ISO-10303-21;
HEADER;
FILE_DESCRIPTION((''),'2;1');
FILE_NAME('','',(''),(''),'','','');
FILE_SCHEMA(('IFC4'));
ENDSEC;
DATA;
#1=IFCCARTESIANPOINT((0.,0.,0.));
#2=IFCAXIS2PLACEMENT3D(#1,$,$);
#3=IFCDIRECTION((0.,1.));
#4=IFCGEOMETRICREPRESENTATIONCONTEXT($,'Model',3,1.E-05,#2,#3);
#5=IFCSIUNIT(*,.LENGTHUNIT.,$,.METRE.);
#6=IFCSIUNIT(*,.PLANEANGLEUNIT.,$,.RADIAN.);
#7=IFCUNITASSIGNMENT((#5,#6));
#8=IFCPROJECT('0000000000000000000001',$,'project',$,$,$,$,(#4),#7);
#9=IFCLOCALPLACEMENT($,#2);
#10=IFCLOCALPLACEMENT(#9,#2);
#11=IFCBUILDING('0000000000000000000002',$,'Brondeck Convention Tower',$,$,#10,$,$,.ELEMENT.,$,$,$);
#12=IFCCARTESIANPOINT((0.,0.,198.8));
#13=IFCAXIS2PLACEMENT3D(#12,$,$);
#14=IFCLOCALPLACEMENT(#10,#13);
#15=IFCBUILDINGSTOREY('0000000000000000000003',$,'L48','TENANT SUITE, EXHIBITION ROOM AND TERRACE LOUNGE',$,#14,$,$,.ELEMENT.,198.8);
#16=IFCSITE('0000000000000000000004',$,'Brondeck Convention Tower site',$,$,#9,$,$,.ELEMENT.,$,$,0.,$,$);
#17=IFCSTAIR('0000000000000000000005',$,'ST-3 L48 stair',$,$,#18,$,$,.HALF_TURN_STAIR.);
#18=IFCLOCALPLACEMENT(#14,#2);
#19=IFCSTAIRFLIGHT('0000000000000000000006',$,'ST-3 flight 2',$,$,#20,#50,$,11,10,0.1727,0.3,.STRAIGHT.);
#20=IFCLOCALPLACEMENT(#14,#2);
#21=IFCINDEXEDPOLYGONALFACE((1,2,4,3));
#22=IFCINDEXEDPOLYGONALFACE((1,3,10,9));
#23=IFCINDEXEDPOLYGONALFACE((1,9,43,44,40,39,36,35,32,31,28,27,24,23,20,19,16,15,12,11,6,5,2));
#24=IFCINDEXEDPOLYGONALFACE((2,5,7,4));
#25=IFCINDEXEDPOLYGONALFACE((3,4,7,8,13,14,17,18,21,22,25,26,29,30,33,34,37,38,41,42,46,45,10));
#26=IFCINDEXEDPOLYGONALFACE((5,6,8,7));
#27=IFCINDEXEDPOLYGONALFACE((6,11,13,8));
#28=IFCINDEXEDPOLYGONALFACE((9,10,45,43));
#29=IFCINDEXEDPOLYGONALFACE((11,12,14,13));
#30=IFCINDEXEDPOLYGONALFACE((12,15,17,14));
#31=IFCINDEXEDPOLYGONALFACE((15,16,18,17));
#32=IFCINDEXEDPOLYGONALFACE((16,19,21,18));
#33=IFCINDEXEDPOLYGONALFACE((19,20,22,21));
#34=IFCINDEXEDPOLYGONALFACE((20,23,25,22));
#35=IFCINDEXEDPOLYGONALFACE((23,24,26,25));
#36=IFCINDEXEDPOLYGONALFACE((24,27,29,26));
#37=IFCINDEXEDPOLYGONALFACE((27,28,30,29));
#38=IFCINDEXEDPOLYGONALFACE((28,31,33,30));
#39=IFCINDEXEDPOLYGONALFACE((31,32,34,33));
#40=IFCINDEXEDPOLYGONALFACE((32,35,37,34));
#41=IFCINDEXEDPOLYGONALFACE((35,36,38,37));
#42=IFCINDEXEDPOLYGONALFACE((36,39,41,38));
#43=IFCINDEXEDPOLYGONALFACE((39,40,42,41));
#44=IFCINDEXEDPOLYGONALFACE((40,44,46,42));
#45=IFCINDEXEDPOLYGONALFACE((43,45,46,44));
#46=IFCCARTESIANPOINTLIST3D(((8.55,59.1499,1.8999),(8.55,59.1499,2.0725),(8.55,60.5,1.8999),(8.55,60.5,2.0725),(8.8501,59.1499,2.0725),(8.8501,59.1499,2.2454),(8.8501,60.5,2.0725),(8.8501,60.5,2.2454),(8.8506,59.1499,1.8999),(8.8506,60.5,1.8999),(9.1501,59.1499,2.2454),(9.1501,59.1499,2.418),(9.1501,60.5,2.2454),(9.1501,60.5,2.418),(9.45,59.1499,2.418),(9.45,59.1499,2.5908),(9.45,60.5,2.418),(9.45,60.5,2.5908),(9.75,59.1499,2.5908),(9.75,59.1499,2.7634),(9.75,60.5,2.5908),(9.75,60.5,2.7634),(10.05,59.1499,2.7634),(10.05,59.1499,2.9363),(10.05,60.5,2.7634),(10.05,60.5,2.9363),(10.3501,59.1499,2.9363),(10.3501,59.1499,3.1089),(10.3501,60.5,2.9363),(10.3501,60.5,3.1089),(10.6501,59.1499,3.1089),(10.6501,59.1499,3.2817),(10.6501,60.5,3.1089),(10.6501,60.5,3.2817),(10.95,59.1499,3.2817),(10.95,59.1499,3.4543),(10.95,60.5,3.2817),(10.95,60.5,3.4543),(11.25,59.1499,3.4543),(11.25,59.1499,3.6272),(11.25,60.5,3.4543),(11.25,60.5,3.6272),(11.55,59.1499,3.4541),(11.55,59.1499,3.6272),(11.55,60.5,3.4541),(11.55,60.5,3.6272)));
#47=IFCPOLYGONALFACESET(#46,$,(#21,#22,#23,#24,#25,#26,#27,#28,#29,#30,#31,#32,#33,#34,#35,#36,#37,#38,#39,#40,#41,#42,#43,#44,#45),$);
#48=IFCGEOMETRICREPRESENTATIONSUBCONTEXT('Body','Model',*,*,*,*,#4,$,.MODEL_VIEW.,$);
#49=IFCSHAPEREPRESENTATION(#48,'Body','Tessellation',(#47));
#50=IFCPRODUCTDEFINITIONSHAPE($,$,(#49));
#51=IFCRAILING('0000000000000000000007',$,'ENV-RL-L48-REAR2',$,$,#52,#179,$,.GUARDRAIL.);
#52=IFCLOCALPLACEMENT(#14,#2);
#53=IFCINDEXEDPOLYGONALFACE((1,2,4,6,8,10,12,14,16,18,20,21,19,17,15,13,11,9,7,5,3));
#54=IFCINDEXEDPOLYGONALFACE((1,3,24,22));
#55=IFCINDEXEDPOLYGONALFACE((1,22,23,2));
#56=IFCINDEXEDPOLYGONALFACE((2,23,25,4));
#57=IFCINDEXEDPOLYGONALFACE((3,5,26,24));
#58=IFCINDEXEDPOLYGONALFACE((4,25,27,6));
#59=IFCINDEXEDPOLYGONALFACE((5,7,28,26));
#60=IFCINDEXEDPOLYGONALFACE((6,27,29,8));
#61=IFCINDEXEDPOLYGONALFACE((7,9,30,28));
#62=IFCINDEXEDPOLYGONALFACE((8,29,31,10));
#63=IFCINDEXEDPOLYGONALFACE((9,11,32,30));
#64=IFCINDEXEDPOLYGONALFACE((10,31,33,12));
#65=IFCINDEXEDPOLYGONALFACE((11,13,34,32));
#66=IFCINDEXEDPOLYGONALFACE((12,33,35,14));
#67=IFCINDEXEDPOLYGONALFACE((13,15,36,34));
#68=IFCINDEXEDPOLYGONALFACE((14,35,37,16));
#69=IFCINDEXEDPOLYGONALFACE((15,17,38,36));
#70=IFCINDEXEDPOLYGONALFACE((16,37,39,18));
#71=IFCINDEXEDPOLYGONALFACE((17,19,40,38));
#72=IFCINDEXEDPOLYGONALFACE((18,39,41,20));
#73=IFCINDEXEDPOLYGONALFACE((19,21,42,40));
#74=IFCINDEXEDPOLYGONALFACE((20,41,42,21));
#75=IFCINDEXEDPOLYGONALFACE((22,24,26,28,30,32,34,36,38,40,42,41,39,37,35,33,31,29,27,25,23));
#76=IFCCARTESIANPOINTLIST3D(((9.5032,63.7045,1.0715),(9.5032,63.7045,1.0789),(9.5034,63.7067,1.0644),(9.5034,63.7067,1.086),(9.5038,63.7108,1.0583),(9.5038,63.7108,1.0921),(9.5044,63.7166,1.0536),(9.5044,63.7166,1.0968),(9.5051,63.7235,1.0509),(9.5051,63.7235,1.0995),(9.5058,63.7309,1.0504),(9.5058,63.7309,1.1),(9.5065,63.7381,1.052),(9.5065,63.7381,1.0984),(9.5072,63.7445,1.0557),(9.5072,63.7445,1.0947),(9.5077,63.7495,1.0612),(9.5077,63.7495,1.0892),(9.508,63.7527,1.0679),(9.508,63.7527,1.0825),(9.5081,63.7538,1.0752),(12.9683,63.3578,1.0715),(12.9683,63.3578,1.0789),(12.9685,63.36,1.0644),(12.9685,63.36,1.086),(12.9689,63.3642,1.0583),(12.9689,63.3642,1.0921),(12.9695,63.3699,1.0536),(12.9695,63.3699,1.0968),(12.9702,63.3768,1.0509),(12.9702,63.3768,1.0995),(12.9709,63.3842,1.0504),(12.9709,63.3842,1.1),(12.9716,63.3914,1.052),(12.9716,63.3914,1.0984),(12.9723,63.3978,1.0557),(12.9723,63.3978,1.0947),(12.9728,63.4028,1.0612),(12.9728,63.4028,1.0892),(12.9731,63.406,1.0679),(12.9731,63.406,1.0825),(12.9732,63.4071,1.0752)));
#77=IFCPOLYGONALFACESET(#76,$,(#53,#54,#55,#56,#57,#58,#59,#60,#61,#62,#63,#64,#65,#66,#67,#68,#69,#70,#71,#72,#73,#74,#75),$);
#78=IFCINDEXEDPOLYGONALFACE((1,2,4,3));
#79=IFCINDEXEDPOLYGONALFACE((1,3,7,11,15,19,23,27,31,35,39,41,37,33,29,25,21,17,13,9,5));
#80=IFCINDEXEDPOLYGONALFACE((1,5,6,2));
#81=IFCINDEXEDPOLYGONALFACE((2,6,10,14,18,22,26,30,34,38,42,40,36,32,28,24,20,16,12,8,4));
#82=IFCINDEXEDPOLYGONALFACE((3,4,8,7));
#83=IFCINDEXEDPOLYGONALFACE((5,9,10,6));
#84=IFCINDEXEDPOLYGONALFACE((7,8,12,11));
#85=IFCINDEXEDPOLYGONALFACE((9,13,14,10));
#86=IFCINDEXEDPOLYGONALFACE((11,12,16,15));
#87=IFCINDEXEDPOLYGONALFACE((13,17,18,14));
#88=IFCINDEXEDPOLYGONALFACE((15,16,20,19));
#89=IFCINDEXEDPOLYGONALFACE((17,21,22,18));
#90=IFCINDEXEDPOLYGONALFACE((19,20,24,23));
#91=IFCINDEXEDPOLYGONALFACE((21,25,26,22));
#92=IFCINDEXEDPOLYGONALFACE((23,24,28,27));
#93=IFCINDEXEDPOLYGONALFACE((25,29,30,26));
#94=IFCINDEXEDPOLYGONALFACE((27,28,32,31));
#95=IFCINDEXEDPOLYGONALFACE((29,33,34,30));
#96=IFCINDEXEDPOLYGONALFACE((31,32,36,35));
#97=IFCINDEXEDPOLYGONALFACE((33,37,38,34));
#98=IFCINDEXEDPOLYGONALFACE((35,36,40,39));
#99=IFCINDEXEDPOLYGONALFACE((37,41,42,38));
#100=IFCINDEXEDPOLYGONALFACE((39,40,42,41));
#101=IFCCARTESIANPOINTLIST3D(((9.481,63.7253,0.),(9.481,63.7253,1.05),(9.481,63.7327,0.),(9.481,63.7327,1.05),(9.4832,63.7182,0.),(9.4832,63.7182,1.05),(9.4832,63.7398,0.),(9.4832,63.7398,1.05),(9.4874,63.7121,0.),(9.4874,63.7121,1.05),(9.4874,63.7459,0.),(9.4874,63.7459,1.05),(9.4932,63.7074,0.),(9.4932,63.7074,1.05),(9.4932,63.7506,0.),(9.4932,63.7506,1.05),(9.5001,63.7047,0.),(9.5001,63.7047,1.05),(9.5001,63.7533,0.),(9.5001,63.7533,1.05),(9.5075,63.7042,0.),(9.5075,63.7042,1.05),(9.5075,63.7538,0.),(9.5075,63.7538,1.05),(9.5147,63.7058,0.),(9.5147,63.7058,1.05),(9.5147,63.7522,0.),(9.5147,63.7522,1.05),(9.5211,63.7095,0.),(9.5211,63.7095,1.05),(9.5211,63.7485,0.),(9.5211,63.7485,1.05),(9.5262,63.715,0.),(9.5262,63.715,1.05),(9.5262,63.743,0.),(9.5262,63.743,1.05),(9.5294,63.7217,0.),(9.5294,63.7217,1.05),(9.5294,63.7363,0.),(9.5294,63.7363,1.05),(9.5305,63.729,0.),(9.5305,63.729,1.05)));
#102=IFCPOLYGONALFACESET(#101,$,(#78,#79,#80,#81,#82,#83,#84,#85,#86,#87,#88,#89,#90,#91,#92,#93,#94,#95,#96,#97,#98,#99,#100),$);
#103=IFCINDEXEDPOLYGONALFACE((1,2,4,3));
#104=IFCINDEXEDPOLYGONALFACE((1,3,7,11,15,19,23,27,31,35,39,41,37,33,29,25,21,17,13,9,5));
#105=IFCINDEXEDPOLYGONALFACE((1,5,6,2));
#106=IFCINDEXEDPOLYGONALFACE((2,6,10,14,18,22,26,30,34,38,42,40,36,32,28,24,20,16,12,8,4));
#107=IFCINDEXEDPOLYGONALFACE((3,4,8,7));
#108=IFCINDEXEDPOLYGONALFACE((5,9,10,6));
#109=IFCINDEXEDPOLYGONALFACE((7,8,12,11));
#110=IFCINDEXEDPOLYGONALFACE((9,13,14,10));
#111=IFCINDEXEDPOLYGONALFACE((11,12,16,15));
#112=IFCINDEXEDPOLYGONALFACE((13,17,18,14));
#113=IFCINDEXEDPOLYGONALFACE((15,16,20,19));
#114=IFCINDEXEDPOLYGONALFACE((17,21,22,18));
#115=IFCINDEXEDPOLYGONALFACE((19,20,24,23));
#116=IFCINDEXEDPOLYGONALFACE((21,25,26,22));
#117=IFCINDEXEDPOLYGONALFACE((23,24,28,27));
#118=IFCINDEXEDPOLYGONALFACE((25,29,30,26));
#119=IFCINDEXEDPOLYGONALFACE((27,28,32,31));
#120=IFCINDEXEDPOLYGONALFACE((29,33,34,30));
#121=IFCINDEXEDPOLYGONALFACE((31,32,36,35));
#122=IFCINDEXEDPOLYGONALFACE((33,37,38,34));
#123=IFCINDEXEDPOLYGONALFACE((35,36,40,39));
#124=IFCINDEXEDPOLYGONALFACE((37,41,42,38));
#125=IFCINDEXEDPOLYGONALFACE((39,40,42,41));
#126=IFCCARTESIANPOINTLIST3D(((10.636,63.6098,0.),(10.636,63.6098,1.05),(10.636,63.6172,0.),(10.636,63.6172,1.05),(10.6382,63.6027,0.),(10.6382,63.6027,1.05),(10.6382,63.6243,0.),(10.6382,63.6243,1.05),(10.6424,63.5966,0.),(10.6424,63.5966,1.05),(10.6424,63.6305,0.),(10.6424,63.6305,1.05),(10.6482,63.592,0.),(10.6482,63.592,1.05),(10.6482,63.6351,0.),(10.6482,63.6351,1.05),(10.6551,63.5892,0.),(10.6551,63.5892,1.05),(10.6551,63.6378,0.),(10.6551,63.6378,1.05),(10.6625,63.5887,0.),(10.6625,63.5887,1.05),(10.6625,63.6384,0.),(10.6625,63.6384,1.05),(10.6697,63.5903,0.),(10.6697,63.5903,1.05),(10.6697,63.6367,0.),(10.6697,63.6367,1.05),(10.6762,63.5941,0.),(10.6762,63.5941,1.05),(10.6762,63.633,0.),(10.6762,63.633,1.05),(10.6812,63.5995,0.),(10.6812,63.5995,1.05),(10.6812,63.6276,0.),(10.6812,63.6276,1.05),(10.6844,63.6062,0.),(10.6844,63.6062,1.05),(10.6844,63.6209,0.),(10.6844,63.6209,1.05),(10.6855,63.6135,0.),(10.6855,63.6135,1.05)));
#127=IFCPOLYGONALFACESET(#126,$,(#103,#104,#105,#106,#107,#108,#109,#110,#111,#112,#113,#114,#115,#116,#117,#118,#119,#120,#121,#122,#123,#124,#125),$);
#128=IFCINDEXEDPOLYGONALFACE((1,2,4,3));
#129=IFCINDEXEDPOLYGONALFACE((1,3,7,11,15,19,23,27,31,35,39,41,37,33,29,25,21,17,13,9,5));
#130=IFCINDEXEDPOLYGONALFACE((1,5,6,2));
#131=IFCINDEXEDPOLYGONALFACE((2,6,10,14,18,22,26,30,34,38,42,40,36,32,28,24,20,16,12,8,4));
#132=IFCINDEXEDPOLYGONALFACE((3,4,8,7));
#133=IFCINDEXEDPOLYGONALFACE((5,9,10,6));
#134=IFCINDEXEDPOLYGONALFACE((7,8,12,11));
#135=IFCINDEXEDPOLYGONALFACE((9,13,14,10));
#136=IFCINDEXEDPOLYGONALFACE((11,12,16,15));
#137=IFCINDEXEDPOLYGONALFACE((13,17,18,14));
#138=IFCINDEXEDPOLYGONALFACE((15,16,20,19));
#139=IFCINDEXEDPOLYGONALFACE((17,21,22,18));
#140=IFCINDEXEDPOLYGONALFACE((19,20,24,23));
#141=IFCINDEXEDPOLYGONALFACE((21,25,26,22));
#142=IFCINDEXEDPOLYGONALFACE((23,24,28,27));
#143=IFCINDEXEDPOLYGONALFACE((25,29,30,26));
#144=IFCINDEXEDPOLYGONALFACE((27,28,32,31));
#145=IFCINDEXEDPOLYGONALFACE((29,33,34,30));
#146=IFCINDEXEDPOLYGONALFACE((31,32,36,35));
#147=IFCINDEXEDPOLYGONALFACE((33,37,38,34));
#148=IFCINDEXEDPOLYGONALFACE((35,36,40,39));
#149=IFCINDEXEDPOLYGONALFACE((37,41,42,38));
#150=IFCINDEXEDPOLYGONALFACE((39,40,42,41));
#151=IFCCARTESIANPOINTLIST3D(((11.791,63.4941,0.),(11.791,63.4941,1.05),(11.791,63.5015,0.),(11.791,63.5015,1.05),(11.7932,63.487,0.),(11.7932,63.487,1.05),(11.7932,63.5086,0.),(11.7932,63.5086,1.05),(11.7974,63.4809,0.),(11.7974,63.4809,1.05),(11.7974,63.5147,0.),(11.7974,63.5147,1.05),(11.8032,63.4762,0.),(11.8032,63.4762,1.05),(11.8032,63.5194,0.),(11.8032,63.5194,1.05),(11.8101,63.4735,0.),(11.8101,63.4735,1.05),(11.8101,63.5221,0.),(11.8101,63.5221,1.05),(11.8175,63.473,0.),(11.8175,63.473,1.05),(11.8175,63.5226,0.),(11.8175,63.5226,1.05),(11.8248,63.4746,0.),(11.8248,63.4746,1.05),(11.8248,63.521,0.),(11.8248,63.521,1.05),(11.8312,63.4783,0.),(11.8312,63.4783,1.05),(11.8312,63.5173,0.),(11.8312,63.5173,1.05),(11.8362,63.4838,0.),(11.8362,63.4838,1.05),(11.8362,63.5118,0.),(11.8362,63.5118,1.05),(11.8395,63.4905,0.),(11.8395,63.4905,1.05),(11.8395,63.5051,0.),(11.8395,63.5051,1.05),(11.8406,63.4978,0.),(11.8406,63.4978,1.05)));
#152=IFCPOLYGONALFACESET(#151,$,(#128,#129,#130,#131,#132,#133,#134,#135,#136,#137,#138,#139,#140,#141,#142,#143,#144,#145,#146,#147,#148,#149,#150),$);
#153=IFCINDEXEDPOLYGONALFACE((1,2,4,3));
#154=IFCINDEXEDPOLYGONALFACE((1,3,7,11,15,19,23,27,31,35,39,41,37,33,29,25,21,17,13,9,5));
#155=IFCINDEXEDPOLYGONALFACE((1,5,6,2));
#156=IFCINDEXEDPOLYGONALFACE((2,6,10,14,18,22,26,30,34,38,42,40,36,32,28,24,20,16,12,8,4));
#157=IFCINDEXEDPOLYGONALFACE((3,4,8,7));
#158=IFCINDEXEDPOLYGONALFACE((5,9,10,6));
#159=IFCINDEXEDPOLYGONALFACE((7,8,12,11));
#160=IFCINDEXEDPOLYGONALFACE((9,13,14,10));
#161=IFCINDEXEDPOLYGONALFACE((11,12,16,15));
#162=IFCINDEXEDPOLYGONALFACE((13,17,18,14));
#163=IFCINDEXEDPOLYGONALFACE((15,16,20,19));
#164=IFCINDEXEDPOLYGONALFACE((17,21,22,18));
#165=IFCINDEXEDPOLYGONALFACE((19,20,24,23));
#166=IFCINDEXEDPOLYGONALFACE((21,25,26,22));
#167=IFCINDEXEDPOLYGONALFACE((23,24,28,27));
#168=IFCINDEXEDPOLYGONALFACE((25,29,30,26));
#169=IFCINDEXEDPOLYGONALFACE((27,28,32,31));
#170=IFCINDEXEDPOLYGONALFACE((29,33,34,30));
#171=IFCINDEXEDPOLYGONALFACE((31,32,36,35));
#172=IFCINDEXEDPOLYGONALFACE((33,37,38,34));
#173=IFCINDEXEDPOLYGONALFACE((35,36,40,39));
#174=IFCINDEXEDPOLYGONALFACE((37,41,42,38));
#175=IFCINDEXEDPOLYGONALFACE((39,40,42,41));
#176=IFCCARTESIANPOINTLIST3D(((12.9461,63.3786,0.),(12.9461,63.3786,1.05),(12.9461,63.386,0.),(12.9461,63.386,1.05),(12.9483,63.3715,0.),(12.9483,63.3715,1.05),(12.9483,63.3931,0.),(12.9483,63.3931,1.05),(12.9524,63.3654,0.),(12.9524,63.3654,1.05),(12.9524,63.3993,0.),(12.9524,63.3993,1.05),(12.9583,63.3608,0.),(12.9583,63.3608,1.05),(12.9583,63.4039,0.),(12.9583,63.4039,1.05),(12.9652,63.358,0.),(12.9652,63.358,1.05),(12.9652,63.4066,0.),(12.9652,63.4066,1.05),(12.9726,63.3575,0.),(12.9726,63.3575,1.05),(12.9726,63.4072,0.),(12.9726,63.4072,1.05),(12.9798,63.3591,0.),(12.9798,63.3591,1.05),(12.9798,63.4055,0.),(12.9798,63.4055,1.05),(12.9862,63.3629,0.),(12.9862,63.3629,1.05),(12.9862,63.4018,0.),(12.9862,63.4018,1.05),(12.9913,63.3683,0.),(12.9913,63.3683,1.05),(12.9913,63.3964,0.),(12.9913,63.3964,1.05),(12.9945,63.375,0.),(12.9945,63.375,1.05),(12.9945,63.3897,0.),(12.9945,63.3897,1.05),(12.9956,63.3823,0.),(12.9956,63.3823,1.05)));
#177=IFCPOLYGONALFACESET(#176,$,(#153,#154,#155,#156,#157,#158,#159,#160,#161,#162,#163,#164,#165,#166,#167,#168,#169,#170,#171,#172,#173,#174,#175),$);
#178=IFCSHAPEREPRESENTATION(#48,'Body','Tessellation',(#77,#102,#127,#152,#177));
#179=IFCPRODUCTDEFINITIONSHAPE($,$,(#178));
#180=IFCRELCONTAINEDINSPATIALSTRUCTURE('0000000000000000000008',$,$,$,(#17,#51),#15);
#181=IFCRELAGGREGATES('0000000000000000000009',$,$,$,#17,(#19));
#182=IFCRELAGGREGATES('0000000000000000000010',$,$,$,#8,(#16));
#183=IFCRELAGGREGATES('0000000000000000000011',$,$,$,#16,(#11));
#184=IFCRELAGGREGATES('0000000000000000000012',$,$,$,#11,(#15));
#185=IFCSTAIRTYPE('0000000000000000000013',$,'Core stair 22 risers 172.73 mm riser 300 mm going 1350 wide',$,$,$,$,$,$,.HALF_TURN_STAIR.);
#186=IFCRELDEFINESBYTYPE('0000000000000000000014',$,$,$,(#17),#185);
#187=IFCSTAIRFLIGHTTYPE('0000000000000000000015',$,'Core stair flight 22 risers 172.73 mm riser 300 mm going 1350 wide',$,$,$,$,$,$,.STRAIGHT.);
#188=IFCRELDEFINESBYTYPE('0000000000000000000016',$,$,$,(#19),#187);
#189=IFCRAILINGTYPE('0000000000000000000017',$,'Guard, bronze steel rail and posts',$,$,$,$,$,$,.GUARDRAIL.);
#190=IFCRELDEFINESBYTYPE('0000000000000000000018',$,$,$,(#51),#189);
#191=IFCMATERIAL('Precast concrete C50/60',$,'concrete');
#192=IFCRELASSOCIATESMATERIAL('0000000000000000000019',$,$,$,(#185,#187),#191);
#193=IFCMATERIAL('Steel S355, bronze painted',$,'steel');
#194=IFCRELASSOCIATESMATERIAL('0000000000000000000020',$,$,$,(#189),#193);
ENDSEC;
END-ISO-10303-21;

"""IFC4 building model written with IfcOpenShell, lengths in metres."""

from ifc_helpers import new_model, si_unit, direction, frame, origin, origin_2d, place, context, subcontext, project, spatial, polyline, circle, outline, extrude, material, type_object, element, aggregate, save


model = new_model("IFC4")

# Units and contexts
model_context = context("Model", 3, precision=1e-05, world=origin(), true_north=direction((0.0, 1.0)))
body_context = subcontext(model_context, "Body", "Model", "MODEL_VIEW")
ifc_project = project(units=[si_unit("LENGTHUNIT", "METRE"), si_unit("PLANEANGLEUNIT", "RADIAN")], contexts=[model_context])

# Site, building, storey
site_placement = place(None, origin())
site = spatial("IfcSite", under=ifc_project, at=site_placement, Name="Brondeck Convention Tower site", CompositionType="ELEMENT", RefElevation=0.0)
building_placement = place(site_placement, origin())
building = spatial("IfcBuilding", under=site, at=building_placement, Name="Brondeck Convention Tower", CompositionType="ELEMENT")
storey_placement = place(building_placement, frame((0.0, 0.0, 198.8)))
storey = spatial("IfcBuildingStorey", under=building, at=storey_placement, Name="L48", Description="TENANT SUITE, EXHIBITION ROOM AND TERRACE LOUNGE", CompositionType="ELEMENT", Elevation=198.8)

# Stair, stair flight
ifc_material_1 = material(Name="Precast concrete C50/60", Category="concrete")
stair_type = type_object("IfcStairType", Name="Core stair 22 risers 172.73 mm riser 300 mm going 1350 wide", PredefinedType="HALF_TURN_STAIR", material=ifc_material_1)
stair_placement = place(storey_placement, origin())
stair = element("IfcStair", 1, at=stair_placement, inside=storey, type_object=stair_type, Name="ST-3 L48 stair", PredefinedType="HALF_TURN_STAIR")
stair_flight_type = type_object("IfcStairFlightType", Name="Core stair flight 22 risers 172.73 mm riser 300 mm going 1350 wide", PredefinedType="STRAIGHT", material=ifc_material_1)
stair_flight_1_placement = place(storey_placement, frame((8.55, 59.825, 1.8999), z_axis=(0.0, 0.0, 1.0), x_axis=(1.0, 0.0, 0.0)))
stair_flight_1 = element("IfcStairFlight", 2, at=stair_flight_1_placement, type_object=stair_flight_type, Name="ST-3 flight 2", NumberOfRisers=11, NumberOfTreads=10, PredefinedType="STRAIGHT", RiserHeight=0.1727, TreadLength=0.3, context=body_context, shape_type="SweptSolid", body=[
    extrude(outline(polyline([(0.0, 0.0), (0.0, 0.1726), (0.3, 0.1726), (0.3, 0.3455), (0.6001, 0.3455), (0.6001, 0.5181), (0.8999, 0.5181), (0.8999, 0.6909), (1.2, 0.6909), (1.2, 0.8635), (1.5, 0.8635), (1.5, 1.0364), (1.8, 1.0364), (1.8, 1.209), (2.1001, 1.209), (2.1001, 1.3818), (2.3999, 1.3818), (2.3999, 1.5544), (2.7, 1.5544), (2.7, 1.7273), (3.0, 1.7273), (3.0, 1.8999), (3.0, 1.5542), (0.3005, 0.0), (0.0, 0.0)])), frame((0.0, 0.675, 0.0), z_axis=(0.0, -1.0, 0.0), x_axis=(1.0, 0.0, 0.0)), (0.0, 0.0, 1.0), 1.3501),
])
aggregate(stair, [stair_flight_1])

# Railing
ifc_material_2 = material(Name="Steel S355, bronze painted", Category="steel")
railing_type_1 = type_object("IfcRailingType", Name="Guard, bronze steel rail and posts", PredefinedType="GUARDRAIL", material=ifc_material_2)
railing_1_placement = place(storey_placement, frame((9.5056, 63.729, 0.0)))
element("IfcRailing", 3, at=railing_1_placement, inside=storey, type_object=railing_type_1, Name="ENV-RL-L48-REAR2", PredefinedType="GUARDRAIL", context=body_context, shape_type="SweptSolid", body=[
    extrude(circle(Radius=0.0249, at=origin_2d()), frame((0.0, 0.0, 1.0752), z_axis=(0.995032, -0.099552, 0.0), x_axis=(0.099552, 0.995032, 0.0)), (0.0, 0.0, 1.0), 3.4824),
    extrude(circle(Radius=0.0249, at=origin_2d()), origin(), (0.0, 0.0, 1.0), 1.05),
    extrude(circle(Radius=0.0249, at=origin_2d()), frame((1.155, -0.1155, 0.0)), (0.0, 0.0, 1.0), 1.05),
    extrude(circle(Radius=0.0249, at=origin_2d()), frame((2.3101, -0.2312, 0.0)), (0.0, 0.0, 1.0), 1.05),
    extrude(circle(Radius=0.0249, at=origin_2d()), frame((3.4651, -0.3467, 0.0)), (0.0, 0.0, 1.0), 1.05),
])

save(model, "model.ifc")
